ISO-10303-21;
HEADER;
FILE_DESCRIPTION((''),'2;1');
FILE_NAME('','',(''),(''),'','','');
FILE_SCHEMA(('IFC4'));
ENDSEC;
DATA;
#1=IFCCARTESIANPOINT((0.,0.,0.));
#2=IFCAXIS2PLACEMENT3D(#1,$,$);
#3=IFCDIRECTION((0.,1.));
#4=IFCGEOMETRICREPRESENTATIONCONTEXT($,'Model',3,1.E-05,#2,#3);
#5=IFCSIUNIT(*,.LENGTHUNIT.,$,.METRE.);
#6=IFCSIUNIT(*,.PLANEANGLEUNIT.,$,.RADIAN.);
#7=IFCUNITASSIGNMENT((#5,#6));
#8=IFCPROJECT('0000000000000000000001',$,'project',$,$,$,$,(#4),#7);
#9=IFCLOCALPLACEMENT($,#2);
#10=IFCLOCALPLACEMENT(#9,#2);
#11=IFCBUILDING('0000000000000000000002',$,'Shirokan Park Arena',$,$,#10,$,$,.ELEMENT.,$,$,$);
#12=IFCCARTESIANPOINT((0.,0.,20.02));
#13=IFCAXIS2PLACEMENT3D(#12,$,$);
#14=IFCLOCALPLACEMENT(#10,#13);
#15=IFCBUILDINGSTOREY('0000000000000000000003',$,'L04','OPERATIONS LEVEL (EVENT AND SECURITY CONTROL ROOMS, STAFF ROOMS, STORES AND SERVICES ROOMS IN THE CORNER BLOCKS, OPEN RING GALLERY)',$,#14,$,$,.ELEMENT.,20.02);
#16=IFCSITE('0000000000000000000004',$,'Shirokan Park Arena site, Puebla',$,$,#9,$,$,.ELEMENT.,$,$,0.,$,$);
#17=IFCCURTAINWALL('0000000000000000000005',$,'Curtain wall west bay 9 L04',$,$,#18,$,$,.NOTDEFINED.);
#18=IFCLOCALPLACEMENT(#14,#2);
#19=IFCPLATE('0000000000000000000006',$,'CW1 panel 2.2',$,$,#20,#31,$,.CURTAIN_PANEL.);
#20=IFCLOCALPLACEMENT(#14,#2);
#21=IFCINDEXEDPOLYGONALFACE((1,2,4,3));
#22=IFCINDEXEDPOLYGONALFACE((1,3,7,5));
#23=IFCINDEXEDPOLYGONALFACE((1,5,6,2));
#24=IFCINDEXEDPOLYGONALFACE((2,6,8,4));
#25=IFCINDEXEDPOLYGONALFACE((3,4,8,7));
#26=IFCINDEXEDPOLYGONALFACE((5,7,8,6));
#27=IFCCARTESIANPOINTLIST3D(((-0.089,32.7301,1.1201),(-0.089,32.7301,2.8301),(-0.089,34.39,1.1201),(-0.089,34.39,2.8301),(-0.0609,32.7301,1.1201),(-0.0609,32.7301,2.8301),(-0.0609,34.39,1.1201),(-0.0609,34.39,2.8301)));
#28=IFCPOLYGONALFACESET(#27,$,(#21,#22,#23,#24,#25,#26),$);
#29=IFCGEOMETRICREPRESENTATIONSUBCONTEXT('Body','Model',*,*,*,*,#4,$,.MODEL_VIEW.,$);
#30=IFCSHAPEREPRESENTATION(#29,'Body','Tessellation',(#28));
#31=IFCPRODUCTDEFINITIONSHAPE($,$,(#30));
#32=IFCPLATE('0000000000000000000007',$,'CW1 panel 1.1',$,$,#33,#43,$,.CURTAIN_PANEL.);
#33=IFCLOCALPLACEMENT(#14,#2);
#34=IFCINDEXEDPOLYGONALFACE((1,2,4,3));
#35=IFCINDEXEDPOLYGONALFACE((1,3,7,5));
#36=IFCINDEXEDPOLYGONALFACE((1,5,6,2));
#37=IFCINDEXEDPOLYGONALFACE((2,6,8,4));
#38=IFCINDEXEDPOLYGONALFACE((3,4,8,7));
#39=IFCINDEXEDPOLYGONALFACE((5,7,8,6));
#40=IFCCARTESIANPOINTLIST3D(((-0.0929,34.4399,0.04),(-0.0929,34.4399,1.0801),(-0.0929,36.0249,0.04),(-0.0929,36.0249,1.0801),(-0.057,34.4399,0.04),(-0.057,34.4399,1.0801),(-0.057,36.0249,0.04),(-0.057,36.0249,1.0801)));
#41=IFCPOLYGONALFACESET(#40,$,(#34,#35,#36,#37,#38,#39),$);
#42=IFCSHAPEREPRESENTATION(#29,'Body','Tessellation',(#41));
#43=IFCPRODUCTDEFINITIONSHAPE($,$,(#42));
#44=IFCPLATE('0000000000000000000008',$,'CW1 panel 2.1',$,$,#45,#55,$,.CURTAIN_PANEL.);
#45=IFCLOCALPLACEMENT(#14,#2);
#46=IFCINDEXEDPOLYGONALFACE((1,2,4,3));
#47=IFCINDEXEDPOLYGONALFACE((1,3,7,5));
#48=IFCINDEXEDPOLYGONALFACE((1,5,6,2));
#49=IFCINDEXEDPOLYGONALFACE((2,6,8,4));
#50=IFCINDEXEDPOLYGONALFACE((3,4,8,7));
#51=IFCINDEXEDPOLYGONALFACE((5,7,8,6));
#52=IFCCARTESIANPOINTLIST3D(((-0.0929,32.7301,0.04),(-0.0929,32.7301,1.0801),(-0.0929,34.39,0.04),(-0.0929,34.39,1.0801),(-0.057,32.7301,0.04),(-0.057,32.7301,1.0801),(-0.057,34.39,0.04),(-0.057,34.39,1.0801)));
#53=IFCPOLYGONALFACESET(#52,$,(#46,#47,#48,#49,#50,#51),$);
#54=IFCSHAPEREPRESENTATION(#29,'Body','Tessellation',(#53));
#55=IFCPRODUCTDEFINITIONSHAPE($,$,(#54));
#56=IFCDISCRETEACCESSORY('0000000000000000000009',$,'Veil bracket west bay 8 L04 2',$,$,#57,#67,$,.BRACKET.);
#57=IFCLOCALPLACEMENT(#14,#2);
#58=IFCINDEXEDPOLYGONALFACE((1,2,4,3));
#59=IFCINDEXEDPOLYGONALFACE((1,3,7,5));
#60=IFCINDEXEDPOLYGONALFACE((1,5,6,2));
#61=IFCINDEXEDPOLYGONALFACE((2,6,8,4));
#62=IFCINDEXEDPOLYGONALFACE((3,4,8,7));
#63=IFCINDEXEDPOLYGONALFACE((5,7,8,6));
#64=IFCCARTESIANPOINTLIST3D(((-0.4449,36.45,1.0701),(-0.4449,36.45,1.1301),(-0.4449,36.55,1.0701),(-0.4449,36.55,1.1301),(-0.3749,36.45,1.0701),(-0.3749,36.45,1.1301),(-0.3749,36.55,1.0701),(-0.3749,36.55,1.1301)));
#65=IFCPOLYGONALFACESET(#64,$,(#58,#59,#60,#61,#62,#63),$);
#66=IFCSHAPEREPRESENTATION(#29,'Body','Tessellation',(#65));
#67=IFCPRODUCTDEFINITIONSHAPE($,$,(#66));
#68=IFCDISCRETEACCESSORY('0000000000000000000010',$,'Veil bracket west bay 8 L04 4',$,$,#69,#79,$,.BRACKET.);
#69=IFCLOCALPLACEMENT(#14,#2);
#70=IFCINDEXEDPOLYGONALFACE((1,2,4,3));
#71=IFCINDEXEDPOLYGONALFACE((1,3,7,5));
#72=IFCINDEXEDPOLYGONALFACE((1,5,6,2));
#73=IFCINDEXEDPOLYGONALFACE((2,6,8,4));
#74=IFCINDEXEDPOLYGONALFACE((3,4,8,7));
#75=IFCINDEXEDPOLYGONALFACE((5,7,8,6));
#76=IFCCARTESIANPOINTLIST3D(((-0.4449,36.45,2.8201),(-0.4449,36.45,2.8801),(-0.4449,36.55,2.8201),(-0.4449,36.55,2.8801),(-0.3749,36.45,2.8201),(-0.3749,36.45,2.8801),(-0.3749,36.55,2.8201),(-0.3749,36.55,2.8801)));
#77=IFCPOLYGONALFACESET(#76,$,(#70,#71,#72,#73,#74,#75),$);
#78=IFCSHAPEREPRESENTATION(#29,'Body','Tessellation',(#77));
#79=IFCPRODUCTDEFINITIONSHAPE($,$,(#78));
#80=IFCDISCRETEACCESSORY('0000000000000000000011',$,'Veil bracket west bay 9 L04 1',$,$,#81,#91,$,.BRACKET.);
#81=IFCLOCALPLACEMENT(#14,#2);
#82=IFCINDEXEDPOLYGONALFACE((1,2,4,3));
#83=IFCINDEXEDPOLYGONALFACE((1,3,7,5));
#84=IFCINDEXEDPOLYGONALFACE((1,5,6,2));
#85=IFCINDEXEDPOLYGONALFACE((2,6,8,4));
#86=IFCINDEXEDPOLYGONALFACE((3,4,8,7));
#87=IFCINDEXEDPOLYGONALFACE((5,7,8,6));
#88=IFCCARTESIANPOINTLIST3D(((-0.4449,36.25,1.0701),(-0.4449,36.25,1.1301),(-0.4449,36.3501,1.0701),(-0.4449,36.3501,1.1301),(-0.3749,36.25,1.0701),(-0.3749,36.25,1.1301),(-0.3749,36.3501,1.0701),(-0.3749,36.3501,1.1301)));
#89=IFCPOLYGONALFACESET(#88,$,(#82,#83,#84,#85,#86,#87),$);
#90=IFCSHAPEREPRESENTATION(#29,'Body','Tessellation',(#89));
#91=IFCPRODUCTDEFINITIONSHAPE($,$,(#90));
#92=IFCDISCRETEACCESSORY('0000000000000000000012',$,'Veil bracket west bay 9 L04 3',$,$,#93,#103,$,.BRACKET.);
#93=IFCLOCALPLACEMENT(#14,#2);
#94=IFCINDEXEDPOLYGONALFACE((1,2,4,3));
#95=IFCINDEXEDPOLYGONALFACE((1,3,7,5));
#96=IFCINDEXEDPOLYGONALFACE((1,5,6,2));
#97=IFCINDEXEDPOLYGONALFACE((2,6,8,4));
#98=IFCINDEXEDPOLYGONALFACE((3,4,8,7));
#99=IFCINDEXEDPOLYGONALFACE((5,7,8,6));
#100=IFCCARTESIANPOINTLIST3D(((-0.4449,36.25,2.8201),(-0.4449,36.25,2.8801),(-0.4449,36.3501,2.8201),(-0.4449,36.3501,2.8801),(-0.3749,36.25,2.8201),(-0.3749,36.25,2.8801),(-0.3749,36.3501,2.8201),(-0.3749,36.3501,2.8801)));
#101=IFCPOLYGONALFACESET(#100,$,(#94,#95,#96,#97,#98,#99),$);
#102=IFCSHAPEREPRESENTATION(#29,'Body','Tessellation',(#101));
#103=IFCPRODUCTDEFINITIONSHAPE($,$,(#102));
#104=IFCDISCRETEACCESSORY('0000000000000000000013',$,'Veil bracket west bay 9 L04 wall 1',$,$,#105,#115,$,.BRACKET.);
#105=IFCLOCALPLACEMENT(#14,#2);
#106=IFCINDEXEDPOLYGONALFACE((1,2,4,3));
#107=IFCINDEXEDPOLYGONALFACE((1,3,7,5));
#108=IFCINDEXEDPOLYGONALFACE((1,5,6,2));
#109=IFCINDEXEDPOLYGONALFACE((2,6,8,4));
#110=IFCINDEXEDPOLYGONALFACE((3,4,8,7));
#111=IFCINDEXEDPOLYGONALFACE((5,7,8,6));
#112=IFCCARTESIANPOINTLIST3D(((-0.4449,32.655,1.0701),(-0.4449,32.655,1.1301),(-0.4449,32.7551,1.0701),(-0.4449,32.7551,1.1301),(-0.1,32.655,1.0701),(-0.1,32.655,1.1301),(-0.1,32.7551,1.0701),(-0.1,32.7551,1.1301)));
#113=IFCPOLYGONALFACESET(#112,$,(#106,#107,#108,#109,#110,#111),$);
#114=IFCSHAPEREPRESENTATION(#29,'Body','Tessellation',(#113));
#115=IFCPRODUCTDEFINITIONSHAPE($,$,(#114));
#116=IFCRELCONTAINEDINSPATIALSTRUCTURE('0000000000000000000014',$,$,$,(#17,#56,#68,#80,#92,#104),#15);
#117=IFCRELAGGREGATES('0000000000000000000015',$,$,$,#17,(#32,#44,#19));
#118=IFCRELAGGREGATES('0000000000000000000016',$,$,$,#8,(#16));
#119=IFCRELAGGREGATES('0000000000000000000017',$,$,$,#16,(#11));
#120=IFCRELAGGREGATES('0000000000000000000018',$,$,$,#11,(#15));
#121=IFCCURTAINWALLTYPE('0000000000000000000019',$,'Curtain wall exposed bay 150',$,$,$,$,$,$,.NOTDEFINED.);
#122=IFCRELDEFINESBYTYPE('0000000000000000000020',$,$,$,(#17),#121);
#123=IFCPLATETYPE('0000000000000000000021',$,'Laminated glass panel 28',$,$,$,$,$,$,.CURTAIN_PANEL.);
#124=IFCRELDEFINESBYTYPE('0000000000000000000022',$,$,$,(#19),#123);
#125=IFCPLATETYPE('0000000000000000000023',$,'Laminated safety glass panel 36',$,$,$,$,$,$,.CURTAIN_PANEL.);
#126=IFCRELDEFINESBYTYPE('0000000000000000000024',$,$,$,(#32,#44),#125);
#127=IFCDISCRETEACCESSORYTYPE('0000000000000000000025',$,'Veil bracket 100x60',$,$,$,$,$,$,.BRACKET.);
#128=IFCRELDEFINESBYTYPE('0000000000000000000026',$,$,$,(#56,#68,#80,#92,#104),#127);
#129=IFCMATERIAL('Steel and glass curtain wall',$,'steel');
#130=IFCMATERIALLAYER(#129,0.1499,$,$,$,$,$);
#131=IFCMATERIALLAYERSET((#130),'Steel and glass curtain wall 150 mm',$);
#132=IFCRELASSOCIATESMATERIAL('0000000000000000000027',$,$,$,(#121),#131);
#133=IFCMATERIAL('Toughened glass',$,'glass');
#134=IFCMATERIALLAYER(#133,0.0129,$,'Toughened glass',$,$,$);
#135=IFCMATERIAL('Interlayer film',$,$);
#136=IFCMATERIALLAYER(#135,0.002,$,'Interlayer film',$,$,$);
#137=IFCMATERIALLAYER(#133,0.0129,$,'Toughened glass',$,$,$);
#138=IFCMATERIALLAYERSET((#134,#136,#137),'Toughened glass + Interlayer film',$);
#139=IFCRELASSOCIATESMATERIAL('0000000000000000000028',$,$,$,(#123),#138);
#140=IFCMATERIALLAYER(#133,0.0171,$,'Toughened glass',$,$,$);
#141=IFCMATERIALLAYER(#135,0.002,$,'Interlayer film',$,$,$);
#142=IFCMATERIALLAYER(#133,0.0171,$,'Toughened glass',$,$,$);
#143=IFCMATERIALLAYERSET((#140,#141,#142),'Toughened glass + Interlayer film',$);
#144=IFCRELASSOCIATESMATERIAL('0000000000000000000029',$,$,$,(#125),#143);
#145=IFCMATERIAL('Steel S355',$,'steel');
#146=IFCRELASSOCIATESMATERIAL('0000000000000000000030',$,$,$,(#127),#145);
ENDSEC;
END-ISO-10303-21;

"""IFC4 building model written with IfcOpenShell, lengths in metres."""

from ifc_helpers import new_model, si_unit, direction, frame, origin, origin_2d, place, context, subcontext, project, spatial, rectangle, extrude, material, layer, layer_set, type_object, element, aggregate, save


model = new_model("IFC4")

# Units and contexts
model_context = context("Model", 3, precision=1e-05, world=origin(), true_north=direction((0.0, 1.0)))
body_context = subcontext(model_context, "Body", "Model", "MODEL_VIEW")
ifc_project = project(units=[si_unit("LENGTHUNIT", "METRE"), si_unit("PLANEANGLEUNIT", "RADIAN")], contexts=[model_context])

# Site, building, storey
site_placement = place(None, origin())
site = spatial("IfcSite", under=ifc_project, at=site_placement, Name="Shirokan Park Arena site, Puebla", CompositionType="ELEMENT", RefElevation=0.0)
building_placement = place(site_placement, origin())
building = spatial("IfcBuilding", under=site, at=building_placement, Name="Shirokan Park Arena", CompositionType="ELEMENT")
storey_placement = place(building_placement, frame((0.0, 0.0, 20.02)))
storey = spatial("IfcBuildingStorey", under=building, at=storey_placement, Name="L04", Description="OPERATIONS LEVEL (EVENT AND SECURITY CONTROL ROOMS, STAFF ROOMS, STORES AND SERVICES ROOMS IN THE CORNER BLOCKS, OPEN RING GALLERY)", CompositionType="ELEMENT", Elevation=20.02)

# Curtain wall, plates
ifc_material_1 = material(Name="Steel and glass curtain wall", Category="steel")
ifc_layer_1 = layer(ifc_material_1, 0.1499)
ifc_layer_set_1 = layer_set([ifc_layer_1], Name="Steel and glass curtain wall 150 mm")
curtain_wall_type = type_object("IfcCurtainWallType", Name="Curtain wall exposed bay 150", PredefinedType="NOTDEFINED", material=ifc_layer_set_1)
curtain_wall_placement = place(storey_placement, origin())
curtain_wall = element("IfcCurtainWall", 1, at=curtain_wall_placement, inside=storey, type_object=curtain_wall_type, Name="Curtain wall west bay 9 L04", PredefinedType="NOTDEFINED")
ifc_material_2 = material(Name="Steel S355", Category="steel")
ifc_material_3 = material(Name="Toughened glass", Category="glass")
ifc_layer_2 = layer(ifc_material_3, 0.0129, Name="Toughened glass")
ifc_material_4 = material(Name="Interlayer film")
ifc_layer_3 = layer(ifc_material_4, 0.002, Name="Interlayer film")
ifc_layer_4 = layer(ifc_material_3, 0.0129, Name="Toughened glass")
ifc_layer_set_2 = layer_set([ifc_layer_2, ifc_layer_3, ifc_layer_4], Name="Toughened glass + Interlayer film")
plate_type_1 = type_object("IfcPlateType", Name="Laminated glass panel 28", PredefinedType="CURTAIN_PANEL", material=ifc_layer_set_2)
plate_1_placement = place(storey_placement, frame((-0.075, 33.5601, 1.1201), z_axis=(0.0, 0.0, 1.0), x_axis=(0.0, -1.0, 0.0)))
plate_1 = element("IfcPlate", 2, at=plate_1_placement, type_object=plate_type_1, Name="CW1 panel 2.2", PredefinedType="CURTAIN_PANEL", context=body_context, shape_type="SweptSolid", body=[
    extrude(rectangle(XDim=1.6599, YDim=0.0281, at=origin_2d()), origin(), (0.0, 0.0, 1.0), 1.71),
])
ifc_layer_5 = layer(ifc_material_3, 0.0171, Name="Toughened glass")
ifc_layer_6 = layer(ifc_material_4, 0.002, Name="Interlayer film")
ifc_layer_7 = layer(ifc_material_3, 0.0171, Name="Toughened glass")
ifc_layer_set_3 = layer_set([ifc_layer_5, ifc_layer_6, ifc_layer_7], Name="Toughened glass + Interlayer film")
plate_type_2 = type_object("IfcPlateType", Name="Laminated safety glass panel 36", PredefinedType="CURTAIN_PANEL", material=ifc_layer_set_3)
plate_2_placement = place(storey_placement, frame((-0.075, 35.2324, 0.04), z_axis=(0.0, 0.0, 1.0), x_axis=(0.0, -1.0, 0.0)))
plate_2 = element("IfcPlate", 3, at=plate_2_placement, type_object=plate_type_2, Name="CW1 panel 1.1", PredefinedType="CURTAIN_PANEL", context=body_context, shape_type="SweptSolid", body=[
    extrude(rectangle(XDim=1.585, YDim=0.0359, at=origin_2d()), origin(), (0.0, 0.0, 1.0), 1.04),
])
plate_3_placement = place(storey_placement, frame((-0.075, 33.5601, 0.04), z_axis=(0.0, 0.0, 1.0), x_axis=(0.0, -1.0, 0.0)))
plate_3 = element("IfcPlate", 4, at=plate_3_placement, type_object=plate_type_2, Name="CW1 panel 2.1", PredefinedType="CURTAIN_PANEL", context=body_context, shape_type="SweptSolid", body=[
    extrude(rectangle(XDim=1.6599, YDim=0.0359, at=origin_2d()), origin(), (0.0, 0.0, 1.0), 1.04),
])
aggregate(curtain_wall, [plate_2, plate_3, plate_1])

# Discrete accessories
discrete_accessory_type = type_object("IfcDiscreteAccessoryType", Name="Veil bracket 100x60", PredefinedType="BRACKET", material=ifc_material_2)
for number, where, z_axis, x_axis, name in (
    (5, (-0.4099, 36.5, 1.0701), (0.0, 0.0, 1.0), (0.0, -1.0, 0.0), "Veil bracket west bay 8 L04 2"),
    (6, (-0.4099, 36.5, 2.8201), (0.0, 0.0, 1.0), (0.0, -1.0, 0.0), "Veil bracket west bay 8 L04 4"),
    (7, (-0.4099, 36.3, 1.0701), (0.0, 0.0, 1.0), (0.0, -1.0, 0.0), "Veil bracket west bay 9 L04 1"),
    (8, (-0.4099, 36.3, 2.8201), (0.0, 0.0, 1.0), (0.0, -1.0, 0.0), "Veil bracket west bay 9 L04 3"),
):
    element("IfcDiscreteAccessory", number, at=place(storey_placement, frame(where, z_axis=z_axis, x_axis=x_axis)), inside=storey, type_object=discrete_accessory_type, Name=name, PredefinedType="BRACKET", context=body_context, shape_type="SweptSolid", body=[
        extrude(rectangle(XDim=0.1001, YDim=0.0701, at=origin_2d()), origin(), (0.0, 0.0, 1.0), 0.0601),
    ])
discrete_accessory_placement = place(storey_placement, frame((-0.2725, 32.7051, 1.0701), z_axis=(0.0, 0.0, 1.0), x_axis=(0.0, -1.0, 0.0)))
element("IfcDiscreteAccessory", 9, at=discrete_accessory_placement, inside=storey, type_object=discrete_accessory_type, Name="Veil bracket west bay 9 L04 wall 1", PredefinedType="BRACKET", context=body_context, shape_type="SweptSolid", body=[
    extrude(rectangle(XDim=0.1001, YDim=0.345, at=origin_2d()), origin(), (0.0, 0.0, 1.0), 0.0601),
])

save(model, "model.ifc")
